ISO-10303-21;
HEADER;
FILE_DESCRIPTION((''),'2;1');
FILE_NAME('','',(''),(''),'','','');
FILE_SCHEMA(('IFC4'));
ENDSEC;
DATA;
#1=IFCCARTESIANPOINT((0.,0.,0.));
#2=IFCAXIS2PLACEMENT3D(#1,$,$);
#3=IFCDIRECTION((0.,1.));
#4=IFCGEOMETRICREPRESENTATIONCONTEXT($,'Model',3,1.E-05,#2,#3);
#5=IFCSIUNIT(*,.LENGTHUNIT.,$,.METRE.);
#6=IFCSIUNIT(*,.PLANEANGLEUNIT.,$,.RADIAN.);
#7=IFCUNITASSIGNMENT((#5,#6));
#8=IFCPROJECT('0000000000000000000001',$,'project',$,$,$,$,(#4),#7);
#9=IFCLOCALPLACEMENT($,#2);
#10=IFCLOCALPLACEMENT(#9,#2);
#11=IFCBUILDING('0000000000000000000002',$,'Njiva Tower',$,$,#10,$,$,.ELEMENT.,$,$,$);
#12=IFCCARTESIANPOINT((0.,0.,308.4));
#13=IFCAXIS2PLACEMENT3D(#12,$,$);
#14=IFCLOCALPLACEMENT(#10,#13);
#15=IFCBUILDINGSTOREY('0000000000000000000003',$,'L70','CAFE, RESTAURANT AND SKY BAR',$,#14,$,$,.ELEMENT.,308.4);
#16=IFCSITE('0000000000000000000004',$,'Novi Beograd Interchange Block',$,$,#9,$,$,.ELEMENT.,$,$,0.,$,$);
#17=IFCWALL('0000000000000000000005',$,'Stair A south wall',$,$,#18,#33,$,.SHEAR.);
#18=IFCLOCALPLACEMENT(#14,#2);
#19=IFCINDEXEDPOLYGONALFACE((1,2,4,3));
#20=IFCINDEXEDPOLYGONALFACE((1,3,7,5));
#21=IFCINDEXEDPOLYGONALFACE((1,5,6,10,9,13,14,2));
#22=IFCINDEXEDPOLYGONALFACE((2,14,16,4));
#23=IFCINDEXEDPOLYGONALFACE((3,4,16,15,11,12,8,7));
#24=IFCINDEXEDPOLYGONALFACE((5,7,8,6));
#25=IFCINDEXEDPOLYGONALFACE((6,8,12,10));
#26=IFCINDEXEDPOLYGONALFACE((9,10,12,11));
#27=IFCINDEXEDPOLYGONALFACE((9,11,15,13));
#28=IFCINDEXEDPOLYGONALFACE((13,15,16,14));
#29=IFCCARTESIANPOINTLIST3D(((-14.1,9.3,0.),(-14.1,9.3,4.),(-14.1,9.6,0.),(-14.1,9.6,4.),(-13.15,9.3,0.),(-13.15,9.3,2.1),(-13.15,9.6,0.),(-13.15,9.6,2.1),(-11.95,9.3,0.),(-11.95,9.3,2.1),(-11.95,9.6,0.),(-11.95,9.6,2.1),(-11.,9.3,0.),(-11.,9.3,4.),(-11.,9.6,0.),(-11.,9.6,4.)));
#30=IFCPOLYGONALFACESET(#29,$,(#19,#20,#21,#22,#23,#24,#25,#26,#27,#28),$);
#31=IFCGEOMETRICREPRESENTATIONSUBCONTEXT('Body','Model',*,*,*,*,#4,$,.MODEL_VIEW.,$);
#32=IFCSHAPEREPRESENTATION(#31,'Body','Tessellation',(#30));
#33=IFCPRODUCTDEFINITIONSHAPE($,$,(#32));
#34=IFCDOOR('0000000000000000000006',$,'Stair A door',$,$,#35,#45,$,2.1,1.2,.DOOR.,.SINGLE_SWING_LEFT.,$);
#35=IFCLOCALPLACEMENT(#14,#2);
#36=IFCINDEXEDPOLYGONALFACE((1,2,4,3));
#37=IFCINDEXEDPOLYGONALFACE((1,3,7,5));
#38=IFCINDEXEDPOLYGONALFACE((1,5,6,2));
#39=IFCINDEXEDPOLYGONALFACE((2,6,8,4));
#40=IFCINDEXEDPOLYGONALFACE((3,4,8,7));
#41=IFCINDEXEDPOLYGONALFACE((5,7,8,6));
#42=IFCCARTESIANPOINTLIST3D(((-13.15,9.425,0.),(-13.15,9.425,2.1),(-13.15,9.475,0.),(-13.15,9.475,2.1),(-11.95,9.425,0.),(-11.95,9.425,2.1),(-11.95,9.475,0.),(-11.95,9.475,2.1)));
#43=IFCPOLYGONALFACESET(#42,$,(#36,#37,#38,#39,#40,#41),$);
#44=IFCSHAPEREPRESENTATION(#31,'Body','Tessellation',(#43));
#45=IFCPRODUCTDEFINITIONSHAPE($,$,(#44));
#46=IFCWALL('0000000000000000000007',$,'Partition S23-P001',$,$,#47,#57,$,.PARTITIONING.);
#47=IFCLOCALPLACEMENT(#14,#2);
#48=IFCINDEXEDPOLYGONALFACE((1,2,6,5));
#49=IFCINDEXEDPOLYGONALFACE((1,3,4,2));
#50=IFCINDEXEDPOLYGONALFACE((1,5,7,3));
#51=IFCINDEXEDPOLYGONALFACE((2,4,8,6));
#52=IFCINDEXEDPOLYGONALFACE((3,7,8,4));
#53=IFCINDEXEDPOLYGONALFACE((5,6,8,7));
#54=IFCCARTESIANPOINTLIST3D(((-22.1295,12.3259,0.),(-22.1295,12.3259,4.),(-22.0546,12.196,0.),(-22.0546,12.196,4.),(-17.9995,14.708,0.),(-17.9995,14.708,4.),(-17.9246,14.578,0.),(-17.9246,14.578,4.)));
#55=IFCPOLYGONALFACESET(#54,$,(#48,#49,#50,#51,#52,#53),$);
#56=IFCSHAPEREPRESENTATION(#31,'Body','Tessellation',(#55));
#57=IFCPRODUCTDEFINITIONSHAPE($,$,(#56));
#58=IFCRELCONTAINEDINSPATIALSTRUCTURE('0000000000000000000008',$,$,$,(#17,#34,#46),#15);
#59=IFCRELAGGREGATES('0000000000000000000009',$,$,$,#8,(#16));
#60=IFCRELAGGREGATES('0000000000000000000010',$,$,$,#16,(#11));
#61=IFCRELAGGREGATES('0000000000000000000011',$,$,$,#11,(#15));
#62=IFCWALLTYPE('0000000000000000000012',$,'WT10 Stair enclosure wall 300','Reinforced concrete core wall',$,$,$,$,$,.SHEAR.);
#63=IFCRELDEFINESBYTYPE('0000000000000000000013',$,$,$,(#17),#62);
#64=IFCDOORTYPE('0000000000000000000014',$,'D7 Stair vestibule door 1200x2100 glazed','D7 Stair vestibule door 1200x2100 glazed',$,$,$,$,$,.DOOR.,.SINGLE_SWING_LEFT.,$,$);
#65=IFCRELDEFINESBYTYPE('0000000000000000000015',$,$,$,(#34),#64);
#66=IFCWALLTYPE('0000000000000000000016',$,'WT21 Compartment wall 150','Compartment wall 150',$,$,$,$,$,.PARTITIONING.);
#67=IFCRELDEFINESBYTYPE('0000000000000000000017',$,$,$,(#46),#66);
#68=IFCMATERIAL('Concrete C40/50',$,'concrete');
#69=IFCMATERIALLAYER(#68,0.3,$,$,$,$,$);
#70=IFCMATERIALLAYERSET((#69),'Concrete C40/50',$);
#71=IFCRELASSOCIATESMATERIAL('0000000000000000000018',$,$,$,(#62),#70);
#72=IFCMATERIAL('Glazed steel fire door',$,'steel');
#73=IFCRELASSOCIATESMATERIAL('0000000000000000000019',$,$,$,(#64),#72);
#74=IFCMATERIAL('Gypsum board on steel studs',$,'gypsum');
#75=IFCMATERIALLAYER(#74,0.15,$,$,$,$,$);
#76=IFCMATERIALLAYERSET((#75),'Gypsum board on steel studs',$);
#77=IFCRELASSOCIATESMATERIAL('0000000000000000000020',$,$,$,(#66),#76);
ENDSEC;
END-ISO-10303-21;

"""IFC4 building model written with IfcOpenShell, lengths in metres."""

from ifc_helpers import new_model, si_unit, direction, frame, frame_2d, origin, place, context, subcontext, project, spatial, rectangle, extrude, material, layer, layer_set, type_object, element, fill, save


model = new_model("IFC4")

# Units and contexts
model_context = context("Model", 3, precision=1e-05, world=origin(), true_north=direction((0.0, 1.0)))
body_context = subcontext(model_context, "Body", "Model", "MODEL_VIEW")
ifc_project = project(units=[si_unit("LENGTHUNIT", "METRE"), si_unit("PLANEANGLEUNIT", "RADIAN")], contexts=[model_context])

# Site, building, storey
site_placement = place(None, origin())
site = spatial("IfcSite", under=ifc_project, at=site_placement, Name="Novi Beograd Interchange Block", CompositionType="ELEMENT", RefElevation=0.0)
building_placement = place(site_placement, origin())
building = spatial("IfcBuilding", under=site, at=building_placement, Name="Njiva Tower", CompositionType="ELEMENT")
storey_placement = place(building_placement, frame((0.0, 0.0, 308.4)))
storey = spatial("IfcBuildingStorey", under=building, at=storey_placement, Name="L70", Description="CAFE, RESTAURANT AND SKY BAR", CompositionType="ELEMENT", Elevation=308.4)

# Wall, opening, door
ifc_material_1 = material(Name="Concrete C40/50", Category="concrete")
ifc_layer_1 = layer(ifc_material_1, 0.3)
ifc_layer_set_1 = layer_set([ifc_layer_1], Name="Concrete C40/50")
wall_type_1 = type_object("IfcWallType", Name="WT10 Stair enclosure wall 300", Description="Reinforced concrete core wall", PredefinedType="SHEAR", material=ifc_layer_set_1)
wall_1_placement = place(storey_placement, frame((-14.1, 9.45, 0.0), z_axis=(0.0, 0.0, 1.0), x_axis=(1.0, 0.0, 0.0)))
wall_1 = element("IfcWall", 1, at=wall_1_placement, inside=storey, type_object=wall_type_1, Name="Stair A south wall", PredefinedType="SHEAR", context=body_context, shape_type="SweptSolid", body=[
    extrude(rectangle(XDim=3.1, YDim=0.3, at=frame_2d((1.55, 0.0))), origin(), (0.0, 0.0, 1.0), 4.0),
])
opening_placement = place(wall_1_placement, frame((0.95, 0.0, 0.0)))
opening = element("IfcOpeningElement", 2, at=opening_placement, cuts=wall_1, PredefinedType="OPENING", context=body_context, shape_type="SweptSolid", body=[
    extrude(rectangle(XDim=1.2, YDim=2.1, at=frame_2d((0.6, 1.05))), frame((0.0, 0.16, 0.0), z_axis=(0.0, -1.0, 0.0), x_axis=(1.0, 0.0, 0.0)), (0.0, 0.0, 1.0), 0.32),
])
ifc_material_2 = material(Name="Glazed steel fire door", Category="steel")
door_type = type_object("IfcDoorType", Name="D7 Stair vestibule door 1200x2100 glazed", Description="D7 Stair vestibule door 1200x2100 glazed", OperationType="SINGLE_SWING_LEFT", PredefinedType="DOOR", material=ifc_material_2)
door_placement = place(opening_placement, origin())
door = element("IfcDoor", 3, at=door_placement, inside=storey, type_object=door_type, Name="Stair A door", OperationType="SINGLE_SWING_LEFT", OverallHeight=2.1, OverallWidth=1.2, PredefinedType="DOOR", context=body_context, shape_type="SweptSolid", body=[
    extrude(rectangle(XDim=1.2, YDim=2.1, at=frame_2d((0.6, 1.05))), frame((0.0, 0.025, 0.0), z_axis=(0.0, -1.0, 0.0), x_axis=(1.0, 0.0, 0.0)), (0.0, 0.0, 1.0), 0.05),
])
fill(opening, door)

# Wall
ifc_material_3 = material(Name="Gypsum board on steel studs", Category="gypsum")
ifc_layer_2 = layer(ifc_material_3, 0.15)
ifc_layer_set_2 = layer_set([ifc_layer_2], Name="Gypsum board on steel studs")
wall_type_2 = type_object("IfcWallType", Name="WT21 Compartment wall 150", Description="Compartment wall 150", PredefinedType="PARTITIONING", material=ifc_layer_set_2)
wall_2_placement = place(storey_placement, frame((-22.092, 12.261, 0.0), z_axis=(0.0, 0.0, 1.0), x_axis=(0.866248, 0.499614, 0.0)))
element("IfcWall", 4, at=wall_2_placement, inside=storey, type_object=wall_type_2, Name="Partition S23-P001", PredefinedType="PARTITIONING", context=body_context, shape_type="SweptSolid", body=[
    extrude(rectangle(XDim=4.7677, YDim=0.15, at=frame_2d((2.3838, 0.0))), origin(), (0.0, 0.0, 1.0), 4.0),
])

save(model, "model.ifc")
